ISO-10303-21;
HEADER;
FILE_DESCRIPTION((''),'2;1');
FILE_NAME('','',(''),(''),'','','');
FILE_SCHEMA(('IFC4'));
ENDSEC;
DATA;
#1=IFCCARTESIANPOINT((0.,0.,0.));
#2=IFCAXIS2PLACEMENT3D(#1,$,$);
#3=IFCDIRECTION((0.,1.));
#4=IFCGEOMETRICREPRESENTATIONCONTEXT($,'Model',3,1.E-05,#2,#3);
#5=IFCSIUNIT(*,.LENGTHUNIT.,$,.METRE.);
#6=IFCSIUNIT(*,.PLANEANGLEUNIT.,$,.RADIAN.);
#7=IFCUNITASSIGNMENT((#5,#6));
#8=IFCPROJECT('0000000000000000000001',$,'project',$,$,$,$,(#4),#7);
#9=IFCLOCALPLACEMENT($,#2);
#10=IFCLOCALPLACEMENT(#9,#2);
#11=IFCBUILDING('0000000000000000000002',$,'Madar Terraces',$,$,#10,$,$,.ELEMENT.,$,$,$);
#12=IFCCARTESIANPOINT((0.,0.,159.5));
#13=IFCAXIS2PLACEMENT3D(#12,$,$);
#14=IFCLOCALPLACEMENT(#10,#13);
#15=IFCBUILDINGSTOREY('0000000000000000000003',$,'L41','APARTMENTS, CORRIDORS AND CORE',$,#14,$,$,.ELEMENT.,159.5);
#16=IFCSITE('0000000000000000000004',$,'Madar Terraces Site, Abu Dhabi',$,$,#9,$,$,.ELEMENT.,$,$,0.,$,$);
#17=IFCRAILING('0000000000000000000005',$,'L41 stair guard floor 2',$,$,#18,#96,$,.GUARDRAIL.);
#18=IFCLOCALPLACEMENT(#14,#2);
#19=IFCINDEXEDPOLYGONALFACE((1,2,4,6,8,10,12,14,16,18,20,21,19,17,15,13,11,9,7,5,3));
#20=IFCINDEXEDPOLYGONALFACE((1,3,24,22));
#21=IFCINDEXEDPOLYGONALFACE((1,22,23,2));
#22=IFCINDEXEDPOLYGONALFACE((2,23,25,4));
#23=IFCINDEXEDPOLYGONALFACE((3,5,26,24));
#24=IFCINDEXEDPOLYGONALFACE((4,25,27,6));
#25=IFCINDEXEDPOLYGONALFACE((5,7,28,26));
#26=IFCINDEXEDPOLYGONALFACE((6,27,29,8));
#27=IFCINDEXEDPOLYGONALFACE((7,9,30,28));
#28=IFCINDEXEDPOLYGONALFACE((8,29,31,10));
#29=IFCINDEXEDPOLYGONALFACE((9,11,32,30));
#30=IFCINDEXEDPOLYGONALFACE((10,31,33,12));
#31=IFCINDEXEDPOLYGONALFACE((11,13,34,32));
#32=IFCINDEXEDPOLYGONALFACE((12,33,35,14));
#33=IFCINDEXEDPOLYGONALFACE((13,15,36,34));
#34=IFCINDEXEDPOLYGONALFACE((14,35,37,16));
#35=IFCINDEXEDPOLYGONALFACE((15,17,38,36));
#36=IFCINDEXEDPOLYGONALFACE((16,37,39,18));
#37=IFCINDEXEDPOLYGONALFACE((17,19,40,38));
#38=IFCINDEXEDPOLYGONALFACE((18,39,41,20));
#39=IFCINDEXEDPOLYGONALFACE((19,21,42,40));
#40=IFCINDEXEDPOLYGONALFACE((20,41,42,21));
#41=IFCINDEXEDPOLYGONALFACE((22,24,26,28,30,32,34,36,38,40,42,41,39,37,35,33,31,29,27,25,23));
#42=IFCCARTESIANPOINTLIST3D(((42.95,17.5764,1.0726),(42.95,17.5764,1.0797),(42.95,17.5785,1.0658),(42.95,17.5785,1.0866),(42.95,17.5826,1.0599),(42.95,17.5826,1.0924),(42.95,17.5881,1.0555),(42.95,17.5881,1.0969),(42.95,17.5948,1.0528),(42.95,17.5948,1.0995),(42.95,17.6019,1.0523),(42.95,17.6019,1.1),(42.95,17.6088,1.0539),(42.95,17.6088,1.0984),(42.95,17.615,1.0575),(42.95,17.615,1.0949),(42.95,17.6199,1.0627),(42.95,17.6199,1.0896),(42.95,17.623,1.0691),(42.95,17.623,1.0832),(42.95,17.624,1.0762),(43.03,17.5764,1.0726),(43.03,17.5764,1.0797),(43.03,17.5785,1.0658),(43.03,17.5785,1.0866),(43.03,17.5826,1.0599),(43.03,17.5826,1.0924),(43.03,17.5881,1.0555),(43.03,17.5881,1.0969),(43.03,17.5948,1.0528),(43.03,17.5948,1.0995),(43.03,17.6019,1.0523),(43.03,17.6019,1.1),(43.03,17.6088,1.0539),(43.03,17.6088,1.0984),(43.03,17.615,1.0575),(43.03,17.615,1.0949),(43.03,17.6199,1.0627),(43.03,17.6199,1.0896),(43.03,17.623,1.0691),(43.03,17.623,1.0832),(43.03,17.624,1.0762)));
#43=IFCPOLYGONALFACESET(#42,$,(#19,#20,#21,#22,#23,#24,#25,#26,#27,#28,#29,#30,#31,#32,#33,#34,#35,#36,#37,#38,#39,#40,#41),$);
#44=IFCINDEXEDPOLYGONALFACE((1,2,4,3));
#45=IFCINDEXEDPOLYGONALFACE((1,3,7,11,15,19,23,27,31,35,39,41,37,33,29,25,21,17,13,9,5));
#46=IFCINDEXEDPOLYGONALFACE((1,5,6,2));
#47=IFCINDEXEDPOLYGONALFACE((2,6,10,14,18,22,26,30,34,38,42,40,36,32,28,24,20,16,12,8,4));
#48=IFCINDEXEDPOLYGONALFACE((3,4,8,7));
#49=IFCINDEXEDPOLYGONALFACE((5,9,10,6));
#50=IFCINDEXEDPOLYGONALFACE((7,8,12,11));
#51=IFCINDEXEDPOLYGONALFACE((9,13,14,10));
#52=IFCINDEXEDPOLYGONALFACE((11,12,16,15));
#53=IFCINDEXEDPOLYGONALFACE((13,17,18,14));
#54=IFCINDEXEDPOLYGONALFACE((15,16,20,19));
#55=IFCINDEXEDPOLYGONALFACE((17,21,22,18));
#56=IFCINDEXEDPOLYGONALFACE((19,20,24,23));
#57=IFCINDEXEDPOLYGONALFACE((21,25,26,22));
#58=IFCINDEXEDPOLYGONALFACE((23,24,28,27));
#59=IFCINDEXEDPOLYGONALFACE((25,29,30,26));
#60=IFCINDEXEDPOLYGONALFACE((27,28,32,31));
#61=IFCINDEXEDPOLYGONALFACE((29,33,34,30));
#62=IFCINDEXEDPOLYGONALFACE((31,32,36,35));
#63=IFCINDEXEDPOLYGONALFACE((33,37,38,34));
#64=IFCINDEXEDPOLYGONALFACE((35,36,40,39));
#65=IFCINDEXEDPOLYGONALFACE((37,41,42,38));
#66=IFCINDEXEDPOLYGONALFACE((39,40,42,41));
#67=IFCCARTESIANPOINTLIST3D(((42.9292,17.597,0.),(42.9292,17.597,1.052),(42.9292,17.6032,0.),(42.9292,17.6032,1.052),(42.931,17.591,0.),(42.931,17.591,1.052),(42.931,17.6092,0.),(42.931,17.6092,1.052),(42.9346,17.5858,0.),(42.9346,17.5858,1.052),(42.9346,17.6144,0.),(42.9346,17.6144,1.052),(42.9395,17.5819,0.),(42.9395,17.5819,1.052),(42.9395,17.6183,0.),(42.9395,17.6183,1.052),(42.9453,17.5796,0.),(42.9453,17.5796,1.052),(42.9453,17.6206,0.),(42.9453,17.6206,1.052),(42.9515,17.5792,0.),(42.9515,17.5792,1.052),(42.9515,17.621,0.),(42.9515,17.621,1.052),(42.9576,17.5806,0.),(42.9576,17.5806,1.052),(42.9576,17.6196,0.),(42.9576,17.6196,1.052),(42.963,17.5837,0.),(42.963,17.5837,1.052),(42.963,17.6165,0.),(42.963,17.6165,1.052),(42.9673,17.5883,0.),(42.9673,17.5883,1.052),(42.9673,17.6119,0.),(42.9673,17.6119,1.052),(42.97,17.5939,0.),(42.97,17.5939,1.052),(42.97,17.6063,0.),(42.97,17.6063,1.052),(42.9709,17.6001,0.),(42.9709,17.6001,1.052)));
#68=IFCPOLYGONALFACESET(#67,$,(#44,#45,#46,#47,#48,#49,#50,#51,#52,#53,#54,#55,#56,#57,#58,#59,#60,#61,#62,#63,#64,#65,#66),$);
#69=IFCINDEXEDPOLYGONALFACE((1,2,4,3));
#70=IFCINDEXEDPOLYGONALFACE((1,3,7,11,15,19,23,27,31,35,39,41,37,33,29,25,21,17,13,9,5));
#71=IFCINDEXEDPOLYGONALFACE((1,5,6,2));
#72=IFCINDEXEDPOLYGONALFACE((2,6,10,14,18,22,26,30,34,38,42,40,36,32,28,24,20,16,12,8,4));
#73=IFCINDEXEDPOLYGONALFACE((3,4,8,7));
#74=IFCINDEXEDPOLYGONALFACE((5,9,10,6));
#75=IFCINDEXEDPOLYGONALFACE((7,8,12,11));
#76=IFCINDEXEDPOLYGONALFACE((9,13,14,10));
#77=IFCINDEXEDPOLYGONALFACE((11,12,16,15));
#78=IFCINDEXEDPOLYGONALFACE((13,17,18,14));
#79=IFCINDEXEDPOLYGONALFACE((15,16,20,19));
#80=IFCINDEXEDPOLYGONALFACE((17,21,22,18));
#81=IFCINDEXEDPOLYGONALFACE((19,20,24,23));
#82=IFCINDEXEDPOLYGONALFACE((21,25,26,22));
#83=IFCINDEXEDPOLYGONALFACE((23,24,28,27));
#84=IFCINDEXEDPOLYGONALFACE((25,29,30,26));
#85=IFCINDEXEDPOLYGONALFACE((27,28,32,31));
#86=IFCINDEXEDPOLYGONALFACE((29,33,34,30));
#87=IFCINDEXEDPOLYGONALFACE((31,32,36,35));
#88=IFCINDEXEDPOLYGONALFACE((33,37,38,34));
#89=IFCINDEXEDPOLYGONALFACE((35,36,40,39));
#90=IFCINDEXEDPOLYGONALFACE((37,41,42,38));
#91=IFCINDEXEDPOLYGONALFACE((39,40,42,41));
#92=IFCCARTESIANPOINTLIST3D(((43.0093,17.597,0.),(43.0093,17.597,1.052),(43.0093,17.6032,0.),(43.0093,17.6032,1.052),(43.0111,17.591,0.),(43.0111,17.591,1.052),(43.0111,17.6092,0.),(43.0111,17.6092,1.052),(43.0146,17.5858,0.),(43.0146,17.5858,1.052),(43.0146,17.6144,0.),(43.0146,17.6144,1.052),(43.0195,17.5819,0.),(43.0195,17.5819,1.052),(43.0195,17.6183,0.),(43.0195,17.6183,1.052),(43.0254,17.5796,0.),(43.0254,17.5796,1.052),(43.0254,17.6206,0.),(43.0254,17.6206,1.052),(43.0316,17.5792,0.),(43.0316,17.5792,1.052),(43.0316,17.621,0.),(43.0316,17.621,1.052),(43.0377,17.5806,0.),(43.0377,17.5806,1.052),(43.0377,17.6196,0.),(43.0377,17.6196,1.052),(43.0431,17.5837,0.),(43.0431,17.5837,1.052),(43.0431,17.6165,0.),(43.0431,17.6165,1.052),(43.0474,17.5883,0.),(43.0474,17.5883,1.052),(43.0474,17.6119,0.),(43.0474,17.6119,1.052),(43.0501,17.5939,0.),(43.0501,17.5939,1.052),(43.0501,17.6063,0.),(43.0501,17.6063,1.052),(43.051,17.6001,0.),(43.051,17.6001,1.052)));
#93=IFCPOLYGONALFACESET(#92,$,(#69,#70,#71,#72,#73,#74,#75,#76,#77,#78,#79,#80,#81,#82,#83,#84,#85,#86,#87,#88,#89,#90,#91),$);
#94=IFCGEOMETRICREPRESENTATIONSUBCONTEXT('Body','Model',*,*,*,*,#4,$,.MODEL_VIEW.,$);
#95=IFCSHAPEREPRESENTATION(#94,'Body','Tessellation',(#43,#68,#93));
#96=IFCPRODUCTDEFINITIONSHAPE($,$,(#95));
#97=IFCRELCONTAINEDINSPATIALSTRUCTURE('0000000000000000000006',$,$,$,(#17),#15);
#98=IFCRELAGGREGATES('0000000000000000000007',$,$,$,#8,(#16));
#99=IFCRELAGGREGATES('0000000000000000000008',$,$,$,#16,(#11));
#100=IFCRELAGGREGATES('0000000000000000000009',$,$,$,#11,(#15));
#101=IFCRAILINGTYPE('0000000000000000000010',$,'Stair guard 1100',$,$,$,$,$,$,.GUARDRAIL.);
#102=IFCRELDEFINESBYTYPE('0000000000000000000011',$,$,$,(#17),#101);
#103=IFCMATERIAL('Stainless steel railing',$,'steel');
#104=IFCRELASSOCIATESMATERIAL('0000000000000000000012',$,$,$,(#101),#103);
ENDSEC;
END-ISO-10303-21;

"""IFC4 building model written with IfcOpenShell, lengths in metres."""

from ifc_helpers import new_model, si_unit, direction, frame, origin, origin_2d, place, context, subcontext, project, spatial, circle, extrude, material, type_object, element, save


model = new_model("IFC4")

# Units and contexts
model_context = context("Model", 3, precision=1e-05, world=origin(), true_north=direction((0.0, 1.0)))
body_context = subcontext(model_context, "Body", "Model", "MODEL_VIEW")
ifc_project = project(units=[si_unit("LENGTHUNIT", "METRE"), si_unit("PLANEANGLEUNIT", "RADIAN")], contexts=[model_context])

# Site, building, storey
site_placement = place(None, origin())
site = spatial("IfcSite", under=ifc_project, at=site_placement, Name="Madar Terraces Site, Abu Dhabi", CompositionType="ELEMENT", RefElevation=0.0)
building_placement = place(site_placement, origin())
building = spatial("IfcBuilding", under=site, at=building_placement, Name="Madar Terraces", CompositionType="ELEMENT")
storey_placement = place(building_placement, frame((0.0, 0.0, 159.5)))
storey = spatial("IfcBuildingStorey", under=building, at=storey_placement, Name="L41", Description="APARTMENTS, CORRIDORS AND CORE", CompositionType="ELEMENT", Elevation=159.5)

# Railing
ifc_material_1 = material(Name="Stainless steel railing", Category="steel")
railing_type_1 = type_object("IfcRailingType", Name="Stair guard 1100", PredefinedType="GUARDRAIL", material=ifc_material_1)
railing_1_placement = place(storey_placement, frame((42.95, 17.6001, 0.0)))
element("IfcRailing", 1, at=railing_1_placement, inside=storey, type_object=railing_type_1, Name="L41 stair guard floor 2", PredefinedType="GUARDRAIL", context=body_context, shape_type="SweptSolid", body=[
    extrude(circle(Radius=0.0239, at=origin_2d()), frame((0.0, 0.0, 1.0762), z_axis=(1.0, 0.0, 0.0), x_axis=(0.0, 1.0, 0.0)), (0.0, 0.0, 1.0), 0.0801),
    extrude(circle(Radius=0.021, at=origin_2d()), origin(), (0.0, 0.0, 1.0), 1.052),
    extrude(circle(Radius=0.021, at=origin_2d()), frame((0.0801, 0.0, 0.0)), (0.0, 0.0, 1.0), 1.052),
])

save(model, "model.ifc")
